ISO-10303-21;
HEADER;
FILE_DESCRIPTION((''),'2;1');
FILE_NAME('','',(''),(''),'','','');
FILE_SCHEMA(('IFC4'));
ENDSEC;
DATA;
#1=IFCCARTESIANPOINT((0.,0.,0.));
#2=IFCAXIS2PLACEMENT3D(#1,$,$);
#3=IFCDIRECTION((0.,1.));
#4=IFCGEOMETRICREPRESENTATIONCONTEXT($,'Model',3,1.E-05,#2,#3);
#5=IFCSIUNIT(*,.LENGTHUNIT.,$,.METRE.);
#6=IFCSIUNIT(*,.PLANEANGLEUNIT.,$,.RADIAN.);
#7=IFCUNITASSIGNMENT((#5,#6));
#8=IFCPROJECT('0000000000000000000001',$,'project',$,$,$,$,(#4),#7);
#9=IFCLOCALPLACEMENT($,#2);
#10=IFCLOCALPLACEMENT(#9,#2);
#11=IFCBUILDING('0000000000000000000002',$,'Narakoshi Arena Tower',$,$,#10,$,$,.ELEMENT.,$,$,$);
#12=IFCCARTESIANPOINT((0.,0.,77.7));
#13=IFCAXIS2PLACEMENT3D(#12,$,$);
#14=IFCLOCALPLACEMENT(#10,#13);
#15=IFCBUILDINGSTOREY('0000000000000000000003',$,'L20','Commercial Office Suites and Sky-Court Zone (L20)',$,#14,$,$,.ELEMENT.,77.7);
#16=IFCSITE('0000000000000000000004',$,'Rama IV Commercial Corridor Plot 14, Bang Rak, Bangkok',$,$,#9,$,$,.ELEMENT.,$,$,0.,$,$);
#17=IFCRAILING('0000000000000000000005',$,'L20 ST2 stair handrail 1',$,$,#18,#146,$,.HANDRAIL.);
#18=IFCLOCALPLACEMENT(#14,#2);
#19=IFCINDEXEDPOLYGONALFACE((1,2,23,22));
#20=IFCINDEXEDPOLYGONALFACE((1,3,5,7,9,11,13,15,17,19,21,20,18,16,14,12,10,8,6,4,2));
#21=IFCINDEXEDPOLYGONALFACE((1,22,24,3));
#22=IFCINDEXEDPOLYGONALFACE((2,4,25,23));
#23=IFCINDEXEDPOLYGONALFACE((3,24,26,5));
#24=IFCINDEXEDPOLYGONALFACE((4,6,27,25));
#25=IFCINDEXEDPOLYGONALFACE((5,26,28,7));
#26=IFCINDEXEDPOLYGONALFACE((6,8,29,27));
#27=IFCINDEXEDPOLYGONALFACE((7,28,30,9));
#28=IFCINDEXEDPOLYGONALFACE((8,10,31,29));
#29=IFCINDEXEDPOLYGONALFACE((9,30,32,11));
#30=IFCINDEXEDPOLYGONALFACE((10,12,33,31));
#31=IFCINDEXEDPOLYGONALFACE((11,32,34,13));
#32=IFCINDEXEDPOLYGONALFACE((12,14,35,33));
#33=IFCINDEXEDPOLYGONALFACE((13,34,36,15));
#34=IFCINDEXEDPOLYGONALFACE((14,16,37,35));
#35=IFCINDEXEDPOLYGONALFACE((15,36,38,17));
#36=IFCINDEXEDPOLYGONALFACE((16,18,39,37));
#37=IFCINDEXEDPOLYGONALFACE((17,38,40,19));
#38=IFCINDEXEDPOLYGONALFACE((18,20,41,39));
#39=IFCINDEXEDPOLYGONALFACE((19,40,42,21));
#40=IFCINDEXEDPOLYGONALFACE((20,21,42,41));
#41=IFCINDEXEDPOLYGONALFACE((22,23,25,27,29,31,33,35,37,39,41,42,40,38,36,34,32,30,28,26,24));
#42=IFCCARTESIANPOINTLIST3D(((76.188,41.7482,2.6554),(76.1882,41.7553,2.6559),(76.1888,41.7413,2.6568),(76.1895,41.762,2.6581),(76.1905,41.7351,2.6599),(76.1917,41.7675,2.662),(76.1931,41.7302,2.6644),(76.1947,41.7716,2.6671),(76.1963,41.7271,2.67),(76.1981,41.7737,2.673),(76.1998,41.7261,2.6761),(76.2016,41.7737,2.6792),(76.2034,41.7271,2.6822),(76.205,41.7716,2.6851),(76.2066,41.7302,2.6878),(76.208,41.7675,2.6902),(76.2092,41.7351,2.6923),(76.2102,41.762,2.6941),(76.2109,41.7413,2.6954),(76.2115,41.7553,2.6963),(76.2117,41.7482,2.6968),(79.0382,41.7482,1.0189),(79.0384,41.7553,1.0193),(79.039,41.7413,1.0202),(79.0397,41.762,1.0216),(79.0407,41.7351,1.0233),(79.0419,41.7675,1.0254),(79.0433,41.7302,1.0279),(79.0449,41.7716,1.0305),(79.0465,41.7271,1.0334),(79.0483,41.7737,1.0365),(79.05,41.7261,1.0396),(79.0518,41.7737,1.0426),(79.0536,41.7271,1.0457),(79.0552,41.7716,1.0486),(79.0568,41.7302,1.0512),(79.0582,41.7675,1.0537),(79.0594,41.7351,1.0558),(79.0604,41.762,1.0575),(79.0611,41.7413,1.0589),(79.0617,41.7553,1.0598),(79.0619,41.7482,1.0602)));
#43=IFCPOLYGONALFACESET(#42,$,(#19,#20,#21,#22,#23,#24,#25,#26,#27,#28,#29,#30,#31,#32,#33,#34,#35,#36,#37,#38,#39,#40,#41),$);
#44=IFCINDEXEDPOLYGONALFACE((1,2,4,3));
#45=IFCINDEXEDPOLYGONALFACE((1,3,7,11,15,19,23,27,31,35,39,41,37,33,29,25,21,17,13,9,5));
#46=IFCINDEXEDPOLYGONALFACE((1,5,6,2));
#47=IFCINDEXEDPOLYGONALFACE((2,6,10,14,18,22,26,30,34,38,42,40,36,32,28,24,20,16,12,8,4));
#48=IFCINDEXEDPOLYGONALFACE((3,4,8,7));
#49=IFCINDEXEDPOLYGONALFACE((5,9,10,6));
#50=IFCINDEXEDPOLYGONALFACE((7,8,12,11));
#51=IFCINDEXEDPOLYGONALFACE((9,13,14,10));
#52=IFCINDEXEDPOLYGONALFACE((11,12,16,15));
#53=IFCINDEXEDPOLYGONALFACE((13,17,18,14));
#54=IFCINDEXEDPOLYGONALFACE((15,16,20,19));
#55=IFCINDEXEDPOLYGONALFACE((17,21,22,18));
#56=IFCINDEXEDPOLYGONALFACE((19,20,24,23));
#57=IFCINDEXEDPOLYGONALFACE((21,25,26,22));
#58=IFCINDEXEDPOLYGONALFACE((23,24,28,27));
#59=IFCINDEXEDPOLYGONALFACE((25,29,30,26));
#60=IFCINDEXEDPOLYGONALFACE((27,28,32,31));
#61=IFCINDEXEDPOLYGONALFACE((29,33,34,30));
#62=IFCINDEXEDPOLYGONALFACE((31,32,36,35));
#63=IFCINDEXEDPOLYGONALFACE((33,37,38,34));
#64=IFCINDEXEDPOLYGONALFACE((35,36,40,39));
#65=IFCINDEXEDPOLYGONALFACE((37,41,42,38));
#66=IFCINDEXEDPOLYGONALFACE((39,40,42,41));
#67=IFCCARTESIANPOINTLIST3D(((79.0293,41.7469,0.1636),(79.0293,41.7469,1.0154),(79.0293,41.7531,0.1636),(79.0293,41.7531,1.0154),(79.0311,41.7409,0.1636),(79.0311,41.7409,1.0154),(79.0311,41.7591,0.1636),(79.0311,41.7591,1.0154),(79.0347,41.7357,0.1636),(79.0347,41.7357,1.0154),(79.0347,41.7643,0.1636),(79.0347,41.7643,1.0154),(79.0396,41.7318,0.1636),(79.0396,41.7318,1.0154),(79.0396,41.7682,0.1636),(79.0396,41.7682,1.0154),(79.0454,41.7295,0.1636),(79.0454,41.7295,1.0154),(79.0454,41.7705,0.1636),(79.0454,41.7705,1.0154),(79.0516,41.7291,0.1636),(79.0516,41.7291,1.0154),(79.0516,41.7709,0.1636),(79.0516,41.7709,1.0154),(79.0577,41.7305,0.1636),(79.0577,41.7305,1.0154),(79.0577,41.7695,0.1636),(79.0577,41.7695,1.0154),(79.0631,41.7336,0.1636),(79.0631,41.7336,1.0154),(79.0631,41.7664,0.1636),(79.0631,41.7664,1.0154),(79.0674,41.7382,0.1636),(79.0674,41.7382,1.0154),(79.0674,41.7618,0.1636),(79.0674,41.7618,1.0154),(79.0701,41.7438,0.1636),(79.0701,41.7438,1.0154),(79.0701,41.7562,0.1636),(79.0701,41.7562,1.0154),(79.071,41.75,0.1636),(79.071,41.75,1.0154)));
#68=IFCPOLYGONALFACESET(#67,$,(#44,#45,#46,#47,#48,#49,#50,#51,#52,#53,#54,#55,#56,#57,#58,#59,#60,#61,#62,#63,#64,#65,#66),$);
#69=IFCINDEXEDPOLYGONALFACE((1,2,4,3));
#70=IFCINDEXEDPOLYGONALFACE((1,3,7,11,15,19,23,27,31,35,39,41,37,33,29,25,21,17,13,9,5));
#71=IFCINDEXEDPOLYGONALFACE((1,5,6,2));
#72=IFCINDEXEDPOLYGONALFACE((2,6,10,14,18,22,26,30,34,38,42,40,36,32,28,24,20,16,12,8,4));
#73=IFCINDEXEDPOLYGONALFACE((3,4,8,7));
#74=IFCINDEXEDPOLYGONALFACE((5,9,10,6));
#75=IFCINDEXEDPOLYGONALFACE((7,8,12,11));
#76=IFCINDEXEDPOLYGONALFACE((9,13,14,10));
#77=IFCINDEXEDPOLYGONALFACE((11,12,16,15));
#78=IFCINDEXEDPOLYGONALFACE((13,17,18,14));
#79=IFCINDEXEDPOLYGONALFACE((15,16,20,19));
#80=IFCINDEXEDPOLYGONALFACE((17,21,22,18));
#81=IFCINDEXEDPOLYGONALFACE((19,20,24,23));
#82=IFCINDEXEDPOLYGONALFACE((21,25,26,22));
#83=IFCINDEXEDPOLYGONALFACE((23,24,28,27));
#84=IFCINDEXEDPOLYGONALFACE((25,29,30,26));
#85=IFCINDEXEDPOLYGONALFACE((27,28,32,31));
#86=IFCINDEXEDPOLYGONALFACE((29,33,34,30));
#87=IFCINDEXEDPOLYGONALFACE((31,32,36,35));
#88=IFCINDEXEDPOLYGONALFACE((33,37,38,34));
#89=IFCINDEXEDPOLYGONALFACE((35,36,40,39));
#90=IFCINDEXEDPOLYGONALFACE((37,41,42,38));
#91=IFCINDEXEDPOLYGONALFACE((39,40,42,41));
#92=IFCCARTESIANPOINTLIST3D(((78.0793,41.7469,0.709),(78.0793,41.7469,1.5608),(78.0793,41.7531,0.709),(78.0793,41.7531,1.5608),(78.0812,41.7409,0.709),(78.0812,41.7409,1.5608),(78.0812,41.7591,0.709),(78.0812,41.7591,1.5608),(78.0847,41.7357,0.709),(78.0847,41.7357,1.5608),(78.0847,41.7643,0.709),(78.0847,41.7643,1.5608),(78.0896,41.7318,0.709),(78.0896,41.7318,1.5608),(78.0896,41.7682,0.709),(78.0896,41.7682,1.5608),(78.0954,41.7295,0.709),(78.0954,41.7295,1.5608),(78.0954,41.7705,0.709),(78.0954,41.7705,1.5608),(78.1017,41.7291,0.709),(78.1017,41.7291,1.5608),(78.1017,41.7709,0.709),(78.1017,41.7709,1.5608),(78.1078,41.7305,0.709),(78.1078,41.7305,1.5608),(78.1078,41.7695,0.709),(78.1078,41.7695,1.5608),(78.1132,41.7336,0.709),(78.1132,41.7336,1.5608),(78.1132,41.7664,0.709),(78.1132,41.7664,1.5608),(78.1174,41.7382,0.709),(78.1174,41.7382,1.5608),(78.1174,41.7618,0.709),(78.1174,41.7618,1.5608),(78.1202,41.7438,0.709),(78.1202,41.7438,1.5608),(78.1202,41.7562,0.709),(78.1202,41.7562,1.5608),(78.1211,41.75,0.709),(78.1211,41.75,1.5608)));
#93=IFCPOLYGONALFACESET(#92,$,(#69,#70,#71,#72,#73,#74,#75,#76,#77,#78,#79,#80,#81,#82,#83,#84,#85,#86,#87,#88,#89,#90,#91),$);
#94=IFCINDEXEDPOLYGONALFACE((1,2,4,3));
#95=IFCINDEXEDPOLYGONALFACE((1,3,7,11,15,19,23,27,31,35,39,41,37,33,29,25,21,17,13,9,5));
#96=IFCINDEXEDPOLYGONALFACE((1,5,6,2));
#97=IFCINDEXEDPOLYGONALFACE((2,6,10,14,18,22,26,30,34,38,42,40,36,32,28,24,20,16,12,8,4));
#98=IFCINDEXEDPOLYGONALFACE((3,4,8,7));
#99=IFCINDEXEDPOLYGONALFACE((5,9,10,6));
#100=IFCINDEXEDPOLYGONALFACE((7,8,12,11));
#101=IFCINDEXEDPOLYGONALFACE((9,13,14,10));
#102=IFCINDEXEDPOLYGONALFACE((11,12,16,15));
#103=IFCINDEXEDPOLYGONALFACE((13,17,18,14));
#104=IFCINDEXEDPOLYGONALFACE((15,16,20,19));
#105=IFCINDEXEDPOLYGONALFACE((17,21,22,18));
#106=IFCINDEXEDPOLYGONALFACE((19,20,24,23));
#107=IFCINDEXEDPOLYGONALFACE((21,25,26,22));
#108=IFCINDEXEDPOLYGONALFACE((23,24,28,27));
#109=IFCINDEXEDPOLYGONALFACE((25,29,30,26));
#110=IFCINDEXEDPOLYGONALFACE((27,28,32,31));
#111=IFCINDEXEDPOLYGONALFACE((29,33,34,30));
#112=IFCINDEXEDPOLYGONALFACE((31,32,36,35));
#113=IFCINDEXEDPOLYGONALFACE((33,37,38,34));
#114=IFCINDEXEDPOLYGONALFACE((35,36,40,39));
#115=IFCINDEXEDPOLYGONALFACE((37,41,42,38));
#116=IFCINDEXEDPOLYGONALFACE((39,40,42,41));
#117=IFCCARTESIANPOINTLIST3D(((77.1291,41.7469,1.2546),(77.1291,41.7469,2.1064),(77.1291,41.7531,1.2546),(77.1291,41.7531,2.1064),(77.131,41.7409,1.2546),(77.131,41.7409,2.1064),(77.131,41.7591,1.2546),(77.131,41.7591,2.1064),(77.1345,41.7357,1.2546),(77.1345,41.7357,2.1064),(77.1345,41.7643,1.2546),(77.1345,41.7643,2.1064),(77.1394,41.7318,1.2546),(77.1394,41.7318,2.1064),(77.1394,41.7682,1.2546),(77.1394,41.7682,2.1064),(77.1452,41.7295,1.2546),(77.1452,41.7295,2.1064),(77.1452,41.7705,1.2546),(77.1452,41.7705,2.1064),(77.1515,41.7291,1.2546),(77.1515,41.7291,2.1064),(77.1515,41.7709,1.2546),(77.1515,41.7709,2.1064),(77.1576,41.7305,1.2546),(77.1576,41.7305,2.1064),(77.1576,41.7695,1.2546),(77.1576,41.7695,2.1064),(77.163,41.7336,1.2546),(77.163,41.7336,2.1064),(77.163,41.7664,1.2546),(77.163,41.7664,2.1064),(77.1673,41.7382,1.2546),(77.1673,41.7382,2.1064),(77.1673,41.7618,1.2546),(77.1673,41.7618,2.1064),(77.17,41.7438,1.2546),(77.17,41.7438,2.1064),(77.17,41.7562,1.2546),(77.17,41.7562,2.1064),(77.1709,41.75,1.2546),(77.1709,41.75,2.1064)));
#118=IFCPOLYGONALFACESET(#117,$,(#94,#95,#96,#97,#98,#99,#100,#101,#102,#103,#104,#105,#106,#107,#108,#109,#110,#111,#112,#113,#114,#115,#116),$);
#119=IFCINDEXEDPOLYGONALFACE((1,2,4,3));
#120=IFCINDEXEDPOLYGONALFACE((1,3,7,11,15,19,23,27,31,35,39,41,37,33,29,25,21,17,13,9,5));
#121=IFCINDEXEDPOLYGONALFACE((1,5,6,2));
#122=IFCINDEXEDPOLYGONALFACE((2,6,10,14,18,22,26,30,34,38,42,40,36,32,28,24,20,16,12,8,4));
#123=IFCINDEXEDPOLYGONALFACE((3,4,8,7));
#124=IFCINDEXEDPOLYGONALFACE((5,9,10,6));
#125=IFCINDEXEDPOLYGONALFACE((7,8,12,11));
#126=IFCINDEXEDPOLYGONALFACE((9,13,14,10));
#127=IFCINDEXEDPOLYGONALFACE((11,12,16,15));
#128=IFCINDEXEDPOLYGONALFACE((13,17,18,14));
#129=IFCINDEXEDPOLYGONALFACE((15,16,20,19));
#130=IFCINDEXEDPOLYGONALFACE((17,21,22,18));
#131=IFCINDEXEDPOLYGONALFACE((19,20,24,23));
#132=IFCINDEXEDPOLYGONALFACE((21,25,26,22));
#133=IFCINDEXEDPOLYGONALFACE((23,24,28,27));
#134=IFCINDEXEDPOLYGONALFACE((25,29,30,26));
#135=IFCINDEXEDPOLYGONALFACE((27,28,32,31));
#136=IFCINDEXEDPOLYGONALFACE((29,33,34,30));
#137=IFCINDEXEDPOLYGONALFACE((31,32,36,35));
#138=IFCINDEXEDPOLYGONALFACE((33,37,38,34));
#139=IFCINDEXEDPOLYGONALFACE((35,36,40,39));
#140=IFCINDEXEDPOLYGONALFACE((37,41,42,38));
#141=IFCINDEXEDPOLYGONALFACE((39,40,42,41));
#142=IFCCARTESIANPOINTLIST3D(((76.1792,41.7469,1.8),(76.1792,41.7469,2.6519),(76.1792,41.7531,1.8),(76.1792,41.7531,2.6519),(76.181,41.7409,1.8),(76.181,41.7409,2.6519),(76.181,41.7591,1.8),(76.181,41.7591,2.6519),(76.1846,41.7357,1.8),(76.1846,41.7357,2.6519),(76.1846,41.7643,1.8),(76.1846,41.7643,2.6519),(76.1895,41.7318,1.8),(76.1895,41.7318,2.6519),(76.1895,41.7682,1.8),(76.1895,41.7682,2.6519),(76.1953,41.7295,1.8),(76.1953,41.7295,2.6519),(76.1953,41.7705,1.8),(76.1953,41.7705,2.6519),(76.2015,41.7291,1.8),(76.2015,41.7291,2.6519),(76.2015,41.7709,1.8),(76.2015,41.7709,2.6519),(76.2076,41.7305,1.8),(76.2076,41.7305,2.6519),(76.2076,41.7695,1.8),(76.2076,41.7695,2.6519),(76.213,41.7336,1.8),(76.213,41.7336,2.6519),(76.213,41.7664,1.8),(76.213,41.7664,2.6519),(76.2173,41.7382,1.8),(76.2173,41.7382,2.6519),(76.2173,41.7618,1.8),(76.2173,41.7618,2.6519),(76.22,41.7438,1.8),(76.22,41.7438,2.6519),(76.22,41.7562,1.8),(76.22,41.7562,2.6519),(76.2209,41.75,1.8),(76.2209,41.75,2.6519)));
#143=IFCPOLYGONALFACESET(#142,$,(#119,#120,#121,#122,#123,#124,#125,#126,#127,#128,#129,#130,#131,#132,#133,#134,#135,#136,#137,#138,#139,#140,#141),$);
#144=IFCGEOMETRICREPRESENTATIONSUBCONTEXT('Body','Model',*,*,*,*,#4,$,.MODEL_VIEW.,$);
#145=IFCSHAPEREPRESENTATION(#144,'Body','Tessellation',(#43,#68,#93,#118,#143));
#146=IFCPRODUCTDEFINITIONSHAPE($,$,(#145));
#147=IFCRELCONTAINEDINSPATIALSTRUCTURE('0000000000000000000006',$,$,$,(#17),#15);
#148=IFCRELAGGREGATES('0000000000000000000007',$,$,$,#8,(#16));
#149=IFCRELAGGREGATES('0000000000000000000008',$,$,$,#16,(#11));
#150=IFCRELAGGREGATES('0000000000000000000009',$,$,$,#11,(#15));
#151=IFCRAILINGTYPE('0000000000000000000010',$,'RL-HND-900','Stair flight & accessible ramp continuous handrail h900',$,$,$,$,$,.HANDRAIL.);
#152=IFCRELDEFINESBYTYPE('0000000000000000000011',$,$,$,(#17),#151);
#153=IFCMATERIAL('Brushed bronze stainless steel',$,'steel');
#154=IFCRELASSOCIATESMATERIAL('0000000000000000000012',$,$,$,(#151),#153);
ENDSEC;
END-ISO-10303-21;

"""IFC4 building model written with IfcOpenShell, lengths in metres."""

from ifc_helpers import new_model, si_unit, direction, frame, origin, origin_2d, place, context, subcontext, project, spatial, circle, extrude, material, type_object, element, save


model = new_model("IFC4")

# Units and contexts
model_context = context("Model", 3, precision=1e-05, world=origin(), true_north=direction((0.0, 1.0)))
body_context = subcontext(model_context, "Body", "Model", "MODEL_VIEW")
ifc_project = project(units=[si_unit("LENGTHUNIT", "METRE"), si_unit("PLANEANGLEUNIT", "RADIAN")], contexts=[model_context])

# Site, building, storey
site_placement = place(None, origin())
site = spatial("IfcSite", under=ifc_project, at=site_placement, Name="Rama IV Commercial Corridor Plot 14, Bang Rak, Bangkok", CompositionType="ELEMENT", RefElevation=0.0)
building_placement = place(site_placement, origin())
building = spatial("IfcBuilding", under=site, at=building_placement, Name="Narakoshi Arena Tower", CompositionType="ELEMENT")
storey_placement = place(building_placement, frame((0.0, 0.0, 77.7)))
storey = spatial("IfcBuildingStorey", under=building, at=storey_placement, Name="L20", Description="Commercial Office Suites and Sky-Court Zone (L20)", CompositionType="ELEMENT", Elevation=77.7)

# Railing
ifc_material_1 = material(Name="Brushed bronze stainless steel", Category="steel")
railing_type_1 = type_object("IfcRailingType", Name="RL-HND-900", Description="Stair flight & accessible ramp continuous handrail h900", PredefinedType="HANDRAIL", material=ifc_material_1)
for number, where, name in (
    (1, (79.05, 41.75, 0.1636), "L20 ST2 stair handrail 1"),
):
    element("IfcRailing", number, at=place(storey_placement, frame(where)), inside=storey, type_object=railing_type_1, Name=name, PredefinedType="HANDRAIL", context=body_context, shape_type="SweptSolid", body=[
        extrude(circle(Radius=0.0239, at=origin_2d()), frame((0.0, 0.0, 0.876), z_axis=(-0.867213, 0.0, 0.497938), x_axis=(0.0, -1.0, 0.0)), (0.0, 0.0, 1.0), 3.2866),
        extrude(circle(Radius=0.021, at=origin_2d()), origin(), (0.0, 0.0, 1.0), 0.8518),
        extrude(circle(Radius=0.021, at=origin_2d()), frame((-0.95, 0.0, 0.5454)), (0.0, 0.0, 1.0), 0.8518),
        extrude(circle(Radius=0.021, at=origin_2d()), frame((-1.9001, 0.0, 1.0911)), (0.0, 0.0, 1.0), 0.8518),
        extrude(circle(Radius=0.021, at=origin_2d()), frame((-2.8501, 0.0, 1.6365)), (0.0, 0.0, 1.0), 0.8518),
    ])

save(model, "model.ifc")
